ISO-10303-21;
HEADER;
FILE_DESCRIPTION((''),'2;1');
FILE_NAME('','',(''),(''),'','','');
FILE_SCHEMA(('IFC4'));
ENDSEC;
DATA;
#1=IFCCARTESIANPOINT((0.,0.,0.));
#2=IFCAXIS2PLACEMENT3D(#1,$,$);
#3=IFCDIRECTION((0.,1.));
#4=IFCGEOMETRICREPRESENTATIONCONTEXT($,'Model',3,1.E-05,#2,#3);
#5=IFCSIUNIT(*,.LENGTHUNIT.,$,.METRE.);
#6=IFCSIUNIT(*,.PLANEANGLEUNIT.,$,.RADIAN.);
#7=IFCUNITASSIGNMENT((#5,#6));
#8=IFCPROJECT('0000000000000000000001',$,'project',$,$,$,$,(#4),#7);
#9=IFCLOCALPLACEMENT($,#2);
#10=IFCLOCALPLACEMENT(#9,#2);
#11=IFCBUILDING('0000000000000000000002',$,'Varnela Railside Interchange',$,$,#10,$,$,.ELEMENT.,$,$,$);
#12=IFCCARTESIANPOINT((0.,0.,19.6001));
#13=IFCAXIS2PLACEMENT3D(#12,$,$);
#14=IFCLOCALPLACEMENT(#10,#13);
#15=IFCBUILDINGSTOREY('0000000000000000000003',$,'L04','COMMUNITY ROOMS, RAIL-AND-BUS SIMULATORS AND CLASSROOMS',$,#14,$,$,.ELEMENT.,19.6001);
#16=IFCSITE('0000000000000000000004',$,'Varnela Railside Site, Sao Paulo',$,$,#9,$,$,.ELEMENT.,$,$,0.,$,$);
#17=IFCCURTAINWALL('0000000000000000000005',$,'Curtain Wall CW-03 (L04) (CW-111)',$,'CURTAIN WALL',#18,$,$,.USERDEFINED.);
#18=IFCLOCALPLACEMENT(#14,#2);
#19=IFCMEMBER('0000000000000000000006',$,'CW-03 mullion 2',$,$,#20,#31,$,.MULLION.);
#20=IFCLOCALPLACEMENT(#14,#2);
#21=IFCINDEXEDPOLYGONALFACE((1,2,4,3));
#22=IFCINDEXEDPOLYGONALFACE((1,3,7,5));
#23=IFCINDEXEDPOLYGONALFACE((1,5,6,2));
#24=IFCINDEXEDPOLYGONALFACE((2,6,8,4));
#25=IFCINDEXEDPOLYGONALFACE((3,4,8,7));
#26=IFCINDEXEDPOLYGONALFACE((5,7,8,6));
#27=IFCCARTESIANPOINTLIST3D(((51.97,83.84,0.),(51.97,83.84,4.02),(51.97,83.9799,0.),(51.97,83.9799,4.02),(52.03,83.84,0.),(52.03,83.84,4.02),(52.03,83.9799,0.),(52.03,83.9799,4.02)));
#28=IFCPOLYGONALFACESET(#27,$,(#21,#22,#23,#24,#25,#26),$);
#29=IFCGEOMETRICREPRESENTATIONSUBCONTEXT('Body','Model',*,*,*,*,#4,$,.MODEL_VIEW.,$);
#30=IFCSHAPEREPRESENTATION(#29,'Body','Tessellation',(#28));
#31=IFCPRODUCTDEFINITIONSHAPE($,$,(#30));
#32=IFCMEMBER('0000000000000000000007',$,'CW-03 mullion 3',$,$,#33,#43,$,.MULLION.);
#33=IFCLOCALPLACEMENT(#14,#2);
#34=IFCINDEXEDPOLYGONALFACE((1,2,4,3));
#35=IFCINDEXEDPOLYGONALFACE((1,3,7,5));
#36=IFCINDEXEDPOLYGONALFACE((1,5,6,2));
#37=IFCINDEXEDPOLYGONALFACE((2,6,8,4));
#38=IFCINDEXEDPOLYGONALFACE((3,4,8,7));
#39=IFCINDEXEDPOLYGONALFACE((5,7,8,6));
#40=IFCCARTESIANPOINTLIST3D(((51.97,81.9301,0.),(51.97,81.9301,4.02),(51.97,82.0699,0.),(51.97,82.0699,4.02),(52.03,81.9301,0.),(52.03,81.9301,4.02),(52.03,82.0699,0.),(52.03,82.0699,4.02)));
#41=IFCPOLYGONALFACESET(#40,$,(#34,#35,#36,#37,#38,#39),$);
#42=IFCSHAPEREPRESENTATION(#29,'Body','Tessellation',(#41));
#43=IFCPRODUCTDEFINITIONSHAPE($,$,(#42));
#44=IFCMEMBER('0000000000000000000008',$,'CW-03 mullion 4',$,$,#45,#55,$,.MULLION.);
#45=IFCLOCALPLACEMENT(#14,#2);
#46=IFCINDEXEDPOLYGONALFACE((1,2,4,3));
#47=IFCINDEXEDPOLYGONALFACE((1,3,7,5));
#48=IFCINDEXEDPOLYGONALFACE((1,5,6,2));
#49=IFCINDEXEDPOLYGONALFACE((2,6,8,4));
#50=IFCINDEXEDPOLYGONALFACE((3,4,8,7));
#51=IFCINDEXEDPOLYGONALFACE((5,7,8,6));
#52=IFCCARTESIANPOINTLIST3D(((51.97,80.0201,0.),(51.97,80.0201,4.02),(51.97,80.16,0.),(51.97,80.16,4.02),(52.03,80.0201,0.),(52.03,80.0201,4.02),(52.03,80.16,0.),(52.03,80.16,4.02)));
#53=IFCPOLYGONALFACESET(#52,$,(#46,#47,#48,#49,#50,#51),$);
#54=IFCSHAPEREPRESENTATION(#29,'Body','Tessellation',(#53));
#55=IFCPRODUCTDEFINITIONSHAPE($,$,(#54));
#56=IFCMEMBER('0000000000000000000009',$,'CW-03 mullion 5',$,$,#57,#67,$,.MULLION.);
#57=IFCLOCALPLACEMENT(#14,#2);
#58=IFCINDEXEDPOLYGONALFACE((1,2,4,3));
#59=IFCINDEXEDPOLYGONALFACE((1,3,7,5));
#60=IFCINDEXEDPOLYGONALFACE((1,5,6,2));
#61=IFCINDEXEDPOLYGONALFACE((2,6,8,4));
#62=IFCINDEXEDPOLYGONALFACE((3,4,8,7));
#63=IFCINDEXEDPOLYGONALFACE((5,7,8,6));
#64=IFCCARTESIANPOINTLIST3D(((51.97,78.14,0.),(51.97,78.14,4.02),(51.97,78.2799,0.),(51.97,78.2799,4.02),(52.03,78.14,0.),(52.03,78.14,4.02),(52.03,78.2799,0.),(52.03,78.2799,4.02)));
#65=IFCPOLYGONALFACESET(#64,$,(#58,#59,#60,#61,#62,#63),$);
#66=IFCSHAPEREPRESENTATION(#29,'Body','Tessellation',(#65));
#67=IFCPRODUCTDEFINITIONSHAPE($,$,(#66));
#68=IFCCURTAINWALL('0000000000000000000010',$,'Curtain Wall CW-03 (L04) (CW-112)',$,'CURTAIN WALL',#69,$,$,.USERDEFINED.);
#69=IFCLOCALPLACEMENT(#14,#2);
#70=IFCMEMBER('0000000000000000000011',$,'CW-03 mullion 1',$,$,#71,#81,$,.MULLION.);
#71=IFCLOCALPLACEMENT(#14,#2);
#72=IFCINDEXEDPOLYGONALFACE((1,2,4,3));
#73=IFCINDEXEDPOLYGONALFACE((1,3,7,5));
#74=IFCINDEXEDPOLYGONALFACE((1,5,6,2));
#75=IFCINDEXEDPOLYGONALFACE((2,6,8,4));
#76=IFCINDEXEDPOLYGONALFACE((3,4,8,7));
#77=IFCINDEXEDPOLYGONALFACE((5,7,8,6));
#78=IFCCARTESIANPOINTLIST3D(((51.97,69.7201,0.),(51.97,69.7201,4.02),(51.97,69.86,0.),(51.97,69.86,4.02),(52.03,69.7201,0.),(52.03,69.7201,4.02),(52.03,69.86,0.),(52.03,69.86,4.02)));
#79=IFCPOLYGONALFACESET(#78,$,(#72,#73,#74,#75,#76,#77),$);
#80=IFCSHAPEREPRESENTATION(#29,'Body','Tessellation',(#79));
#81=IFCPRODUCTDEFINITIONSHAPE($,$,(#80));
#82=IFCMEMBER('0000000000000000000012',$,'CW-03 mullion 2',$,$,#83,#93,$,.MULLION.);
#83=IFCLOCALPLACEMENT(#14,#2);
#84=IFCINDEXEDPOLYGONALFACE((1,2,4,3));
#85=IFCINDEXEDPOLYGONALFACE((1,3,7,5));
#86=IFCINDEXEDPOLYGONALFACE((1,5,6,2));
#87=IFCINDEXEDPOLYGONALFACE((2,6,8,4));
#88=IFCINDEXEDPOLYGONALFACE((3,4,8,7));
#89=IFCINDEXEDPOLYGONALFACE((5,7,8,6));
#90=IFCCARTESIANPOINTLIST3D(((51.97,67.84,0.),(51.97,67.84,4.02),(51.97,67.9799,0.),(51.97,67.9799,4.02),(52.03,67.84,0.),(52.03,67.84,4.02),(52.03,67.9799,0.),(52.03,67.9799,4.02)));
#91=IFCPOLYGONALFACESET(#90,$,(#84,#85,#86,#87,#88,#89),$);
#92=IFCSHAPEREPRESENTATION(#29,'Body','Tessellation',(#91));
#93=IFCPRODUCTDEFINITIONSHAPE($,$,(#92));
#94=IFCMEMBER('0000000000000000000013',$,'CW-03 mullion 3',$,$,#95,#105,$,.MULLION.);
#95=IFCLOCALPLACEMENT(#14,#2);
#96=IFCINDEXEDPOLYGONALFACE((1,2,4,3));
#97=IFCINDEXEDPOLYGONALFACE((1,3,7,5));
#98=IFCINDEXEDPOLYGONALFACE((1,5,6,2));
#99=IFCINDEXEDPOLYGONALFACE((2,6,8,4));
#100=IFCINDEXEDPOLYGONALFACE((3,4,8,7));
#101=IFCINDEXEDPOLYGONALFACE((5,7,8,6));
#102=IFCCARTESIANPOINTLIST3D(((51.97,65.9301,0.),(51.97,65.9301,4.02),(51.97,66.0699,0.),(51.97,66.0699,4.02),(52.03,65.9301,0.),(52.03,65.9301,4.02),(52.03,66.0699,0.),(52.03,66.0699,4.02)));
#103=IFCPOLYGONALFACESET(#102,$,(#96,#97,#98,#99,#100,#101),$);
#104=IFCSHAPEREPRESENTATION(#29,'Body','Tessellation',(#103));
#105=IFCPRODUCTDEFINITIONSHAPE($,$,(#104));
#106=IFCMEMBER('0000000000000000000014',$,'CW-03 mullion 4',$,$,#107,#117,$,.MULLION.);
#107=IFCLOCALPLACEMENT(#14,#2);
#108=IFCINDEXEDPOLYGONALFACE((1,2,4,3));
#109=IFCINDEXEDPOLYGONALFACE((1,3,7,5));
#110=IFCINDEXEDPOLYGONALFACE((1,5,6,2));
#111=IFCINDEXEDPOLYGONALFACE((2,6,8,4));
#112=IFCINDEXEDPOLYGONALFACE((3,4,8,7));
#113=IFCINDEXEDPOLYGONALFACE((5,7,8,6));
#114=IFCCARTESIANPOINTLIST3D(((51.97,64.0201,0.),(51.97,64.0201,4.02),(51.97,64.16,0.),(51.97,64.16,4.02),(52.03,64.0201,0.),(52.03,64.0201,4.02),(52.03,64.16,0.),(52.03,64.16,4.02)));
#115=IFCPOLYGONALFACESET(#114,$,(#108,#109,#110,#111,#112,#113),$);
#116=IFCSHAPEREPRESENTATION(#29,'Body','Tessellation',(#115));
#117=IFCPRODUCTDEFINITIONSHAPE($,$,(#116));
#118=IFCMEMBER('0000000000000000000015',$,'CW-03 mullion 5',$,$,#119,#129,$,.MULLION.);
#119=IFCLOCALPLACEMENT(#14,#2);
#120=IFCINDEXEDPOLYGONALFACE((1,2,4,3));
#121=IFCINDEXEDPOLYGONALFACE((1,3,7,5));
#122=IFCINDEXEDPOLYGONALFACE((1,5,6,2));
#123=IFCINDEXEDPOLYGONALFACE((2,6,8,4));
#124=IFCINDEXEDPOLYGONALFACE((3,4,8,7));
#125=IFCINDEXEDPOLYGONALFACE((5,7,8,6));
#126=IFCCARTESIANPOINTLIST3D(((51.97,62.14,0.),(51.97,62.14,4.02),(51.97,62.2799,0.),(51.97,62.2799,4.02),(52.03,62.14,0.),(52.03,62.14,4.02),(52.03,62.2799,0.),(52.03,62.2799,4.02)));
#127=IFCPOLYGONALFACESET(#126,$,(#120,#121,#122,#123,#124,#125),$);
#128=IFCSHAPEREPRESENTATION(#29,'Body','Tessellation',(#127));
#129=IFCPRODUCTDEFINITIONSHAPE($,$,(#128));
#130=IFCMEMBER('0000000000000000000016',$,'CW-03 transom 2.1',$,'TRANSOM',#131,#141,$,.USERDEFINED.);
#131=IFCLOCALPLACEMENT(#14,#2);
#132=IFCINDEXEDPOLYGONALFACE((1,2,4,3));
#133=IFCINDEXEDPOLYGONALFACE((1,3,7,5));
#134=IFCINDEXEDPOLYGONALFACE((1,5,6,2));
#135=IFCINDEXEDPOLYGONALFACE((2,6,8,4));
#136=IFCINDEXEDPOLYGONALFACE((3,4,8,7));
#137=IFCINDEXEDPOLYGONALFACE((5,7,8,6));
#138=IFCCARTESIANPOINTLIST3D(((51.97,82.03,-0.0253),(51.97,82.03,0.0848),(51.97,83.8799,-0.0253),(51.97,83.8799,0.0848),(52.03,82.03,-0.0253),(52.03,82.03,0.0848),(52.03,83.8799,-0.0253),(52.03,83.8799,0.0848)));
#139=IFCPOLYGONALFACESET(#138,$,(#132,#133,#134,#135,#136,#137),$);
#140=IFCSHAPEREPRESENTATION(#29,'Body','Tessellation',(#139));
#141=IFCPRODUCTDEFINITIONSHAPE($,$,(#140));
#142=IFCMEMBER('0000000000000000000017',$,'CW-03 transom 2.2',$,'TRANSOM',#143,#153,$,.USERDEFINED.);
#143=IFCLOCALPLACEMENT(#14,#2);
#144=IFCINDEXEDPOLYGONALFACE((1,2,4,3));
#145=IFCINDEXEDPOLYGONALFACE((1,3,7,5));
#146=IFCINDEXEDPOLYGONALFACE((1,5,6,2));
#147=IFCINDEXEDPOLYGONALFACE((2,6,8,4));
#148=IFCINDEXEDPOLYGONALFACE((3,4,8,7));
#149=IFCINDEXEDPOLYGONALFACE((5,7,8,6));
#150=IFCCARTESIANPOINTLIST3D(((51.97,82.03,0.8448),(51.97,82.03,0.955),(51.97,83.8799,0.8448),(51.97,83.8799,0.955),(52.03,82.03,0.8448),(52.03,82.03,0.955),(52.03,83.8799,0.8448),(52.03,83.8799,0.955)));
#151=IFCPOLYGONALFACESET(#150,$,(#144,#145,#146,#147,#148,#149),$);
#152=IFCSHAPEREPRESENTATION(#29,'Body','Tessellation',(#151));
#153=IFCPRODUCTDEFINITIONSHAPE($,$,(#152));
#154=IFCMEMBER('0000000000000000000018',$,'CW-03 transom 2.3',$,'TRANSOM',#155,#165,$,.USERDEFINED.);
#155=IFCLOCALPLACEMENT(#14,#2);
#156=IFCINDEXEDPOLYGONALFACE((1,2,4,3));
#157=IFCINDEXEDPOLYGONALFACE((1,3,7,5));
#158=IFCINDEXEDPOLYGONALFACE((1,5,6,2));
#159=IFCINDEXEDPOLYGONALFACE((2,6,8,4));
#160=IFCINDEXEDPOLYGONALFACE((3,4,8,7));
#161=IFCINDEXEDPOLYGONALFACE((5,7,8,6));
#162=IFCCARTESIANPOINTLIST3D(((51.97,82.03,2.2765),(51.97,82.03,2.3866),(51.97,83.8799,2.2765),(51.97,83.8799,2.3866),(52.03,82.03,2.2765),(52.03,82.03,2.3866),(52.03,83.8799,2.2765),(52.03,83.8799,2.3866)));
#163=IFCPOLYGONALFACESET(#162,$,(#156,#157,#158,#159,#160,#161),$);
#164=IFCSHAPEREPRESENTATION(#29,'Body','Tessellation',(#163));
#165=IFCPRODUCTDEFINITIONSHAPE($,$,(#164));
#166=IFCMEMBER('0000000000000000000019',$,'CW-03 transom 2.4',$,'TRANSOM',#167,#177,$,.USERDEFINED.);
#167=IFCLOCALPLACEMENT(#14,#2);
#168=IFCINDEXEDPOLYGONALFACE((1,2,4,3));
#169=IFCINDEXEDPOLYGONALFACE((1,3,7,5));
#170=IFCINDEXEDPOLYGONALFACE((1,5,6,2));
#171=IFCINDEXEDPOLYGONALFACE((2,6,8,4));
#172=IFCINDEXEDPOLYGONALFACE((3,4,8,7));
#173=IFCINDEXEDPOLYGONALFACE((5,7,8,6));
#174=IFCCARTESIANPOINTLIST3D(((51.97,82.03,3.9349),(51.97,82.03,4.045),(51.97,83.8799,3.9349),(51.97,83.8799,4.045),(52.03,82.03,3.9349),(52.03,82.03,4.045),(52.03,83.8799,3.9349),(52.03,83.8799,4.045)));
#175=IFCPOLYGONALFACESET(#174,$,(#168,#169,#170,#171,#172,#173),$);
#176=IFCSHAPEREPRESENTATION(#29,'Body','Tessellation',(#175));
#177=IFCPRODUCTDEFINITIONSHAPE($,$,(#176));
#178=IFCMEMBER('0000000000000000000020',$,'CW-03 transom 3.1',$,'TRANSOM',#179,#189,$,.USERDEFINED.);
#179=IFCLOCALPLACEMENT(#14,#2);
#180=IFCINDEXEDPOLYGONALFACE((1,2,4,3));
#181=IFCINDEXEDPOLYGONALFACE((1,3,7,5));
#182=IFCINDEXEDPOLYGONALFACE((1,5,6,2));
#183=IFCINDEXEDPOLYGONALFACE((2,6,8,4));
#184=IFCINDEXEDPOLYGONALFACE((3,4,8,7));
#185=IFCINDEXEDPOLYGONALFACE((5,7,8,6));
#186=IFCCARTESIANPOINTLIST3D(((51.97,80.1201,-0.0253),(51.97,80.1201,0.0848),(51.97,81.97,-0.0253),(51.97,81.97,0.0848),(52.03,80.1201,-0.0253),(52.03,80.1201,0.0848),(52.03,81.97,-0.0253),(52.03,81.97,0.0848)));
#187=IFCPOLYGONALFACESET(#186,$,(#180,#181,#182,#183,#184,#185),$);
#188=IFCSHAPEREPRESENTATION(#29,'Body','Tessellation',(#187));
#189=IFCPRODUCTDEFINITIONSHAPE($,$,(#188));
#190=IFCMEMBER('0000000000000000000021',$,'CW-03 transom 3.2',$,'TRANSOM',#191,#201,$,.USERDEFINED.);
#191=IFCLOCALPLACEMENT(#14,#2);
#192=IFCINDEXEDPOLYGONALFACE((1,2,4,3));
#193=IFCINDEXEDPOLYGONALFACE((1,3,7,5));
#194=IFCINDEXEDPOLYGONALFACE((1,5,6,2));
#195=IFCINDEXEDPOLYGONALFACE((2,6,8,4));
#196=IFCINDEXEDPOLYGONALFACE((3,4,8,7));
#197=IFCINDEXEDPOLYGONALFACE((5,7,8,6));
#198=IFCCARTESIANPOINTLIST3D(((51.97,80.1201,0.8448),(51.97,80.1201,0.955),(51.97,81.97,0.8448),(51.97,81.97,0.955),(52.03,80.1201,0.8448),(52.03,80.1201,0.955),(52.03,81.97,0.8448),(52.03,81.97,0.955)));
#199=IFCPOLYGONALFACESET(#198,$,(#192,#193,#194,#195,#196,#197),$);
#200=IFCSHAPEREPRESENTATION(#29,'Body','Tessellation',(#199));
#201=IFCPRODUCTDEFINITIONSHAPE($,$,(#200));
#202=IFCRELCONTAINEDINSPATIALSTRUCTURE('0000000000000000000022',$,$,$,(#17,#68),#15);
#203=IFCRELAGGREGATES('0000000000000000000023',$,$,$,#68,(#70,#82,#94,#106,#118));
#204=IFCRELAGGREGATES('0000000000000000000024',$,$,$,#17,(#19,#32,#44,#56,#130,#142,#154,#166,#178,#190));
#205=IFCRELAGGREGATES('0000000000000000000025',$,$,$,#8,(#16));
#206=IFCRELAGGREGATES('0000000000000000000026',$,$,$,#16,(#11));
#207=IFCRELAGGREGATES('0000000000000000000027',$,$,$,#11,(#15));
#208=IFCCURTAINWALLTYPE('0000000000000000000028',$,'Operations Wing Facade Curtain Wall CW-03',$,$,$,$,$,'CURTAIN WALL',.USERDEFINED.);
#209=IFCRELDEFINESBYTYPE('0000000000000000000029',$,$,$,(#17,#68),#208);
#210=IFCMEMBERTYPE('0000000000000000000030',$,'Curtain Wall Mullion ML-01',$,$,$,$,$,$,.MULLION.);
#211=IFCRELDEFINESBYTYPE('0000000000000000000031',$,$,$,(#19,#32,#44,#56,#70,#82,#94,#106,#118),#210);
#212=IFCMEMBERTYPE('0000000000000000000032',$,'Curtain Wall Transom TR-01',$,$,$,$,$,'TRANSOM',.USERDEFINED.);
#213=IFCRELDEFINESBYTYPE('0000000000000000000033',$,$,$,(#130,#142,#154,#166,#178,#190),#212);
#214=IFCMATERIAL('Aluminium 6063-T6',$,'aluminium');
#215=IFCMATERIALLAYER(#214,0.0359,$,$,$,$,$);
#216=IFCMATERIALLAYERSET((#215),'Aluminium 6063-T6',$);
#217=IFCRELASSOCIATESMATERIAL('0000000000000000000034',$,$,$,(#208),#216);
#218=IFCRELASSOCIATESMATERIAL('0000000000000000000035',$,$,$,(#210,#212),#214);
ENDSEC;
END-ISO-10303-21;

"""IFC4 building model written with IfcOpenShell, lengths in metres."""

from ifc_helpers import new_model, si_unit, direction, frame, origin, origin_2d, place, context, subcontext, project, spatial, rectangle, extrude, material, layer, layer_set, material_profile, profile_set, type_object, element, aggregate, save


model = new_model("IFC4")

# Units and contexts
model_context = context("Model", 3, precision=1e-05, world=origin(), true_north=direction((0.0, 1.0)))
body_context = subcontext(model_context, "Body", "Model", "MODEL_VIEW")
ifc_project = project(units=[si_unit("LENGTHUNIT", "METRE"), si_unit("PLANEANGLEUNIT", "RADIAN")], contexts=[model_context])

# Site, building, storey
site_placement = place(None, origin())
site = spatial("IfcSite", under=ifc_project, at=site_placement, Name="Varnela Railside Site, Sao Paulo", CompositionType="ELEMENT", RefElevation=0.0)
building_placement = place(site_placement, origin())
building = spatial("IfcBuilding", under=site, at=building_placement, Name="Varnela Railside Interchange", CompositionType="ELEMENT")
storey_placement = place(building_placement, frame((0.0, 0.0, 19.6001)))
storey = spatial("IfcBuildingStorey", under=building, at=storey_placement, Name="L04", Description="COMMUNITY ROOMS, RAIL-AND-BUS SIMULATORS AND CLASSROOMS", CompositionType="ELEMENT", Elevation=19.6001)

# Curtain walls, members
ifc_material_1 = material(Name="Aluminium 6063-T6", Category="aluminium")
ifc_layer_1 = layer(ifc_material_1, 0.0359)
ifc_layer_set_1 = layer_set([ifc_layer_1], Name="Aluminium 6063-T6")
curtain_wall_type = type_object("IfcCurtainWallType", Name="Operations Wing Facade Curtain Wall CW-03", ElementType="CURTAIN WALL", PredefinedType="USERDEFINED", material=ifc_layer_set_1)
curtain_wall_1_placement = place(storey_placement, origin())
curtain_wall_1 = element("IfcCurtainWall", 1, at=curtain_wall_1_placement, inside=storey, type_object=curtain_wall_type, Name="Curtain Wall CW-03 (L04) (CW-111)", ObjectType="CURTAIN WALL", PredefinedType="USERDEFINED")
ifc_material_profile_1 = material_profile(ifc_material_1, rectangle(XDim=0.0601, YDim=0.1399, at=origin_2d()), Name="ALU 60x140")
ifc_profile_set_1 = profile_set([ifc_material_profile_1], Name="Aluminium 6063-T6")
member_type_1 = type_object("IfcMemberType", Name="Curtain Wall Mullion ML-01", PredefinedType="MULLION", material=ifc_profile_set_1)
member_1_placement = place(storey_placement, frame((52.0, 83.9099, 0.0), z_axis=(0.0, 0.0, 1.0), x_axis=(1.0, 0.0, 0.0)))
member_1 = element("IfcMember", 2, at=member_1_placement, type_object=member_type_1, Name="CW-03 mullion 2", PredefinedType="MULLION", context=body_context, shape_type="SweptSolid", body=[
    extrude(rectangle(XDim=0.0601, YDim=0.1399, at=origin_2d()), origin(), (0.0, 0.0, 1.0), 4.02),
])
member_2_placement = place(storey_placement, frame((52.0, 82.0, 0.0), z_axis=(0.0, 0.0, 1.0), x_axis=(1.0, 0.0, 0.0)))
member_2 = element("IfcMember", 3, at=member_2_placement, type_object=member_type_1, Name="CW-03 mullion 3", PredefinedType="MULLION", context=body_context, shape_type="SweptSolid", body=[
    extrude(rectangle(XDim=0.0601, YDim=0.1399, at=origin_2d()), origin(), (0.0, 0.0, 1.0), 4.02),
])
member_3_placement = place(storey_placement, frame((52.0, 80.0901, 0.0), z_axis=(0.0, 0.0, 1.0), x_axis=(1.0, 0.0, 0.0)))
member_3 = element("IfcMember", 4, at=member_3_placement, type_object=member_type_1, Name="CW-03 mullion 4", PredefinedType="MULLION", context=body_context, shape_type="SweptSolid", body=[
    extrude(rectangle(XDim=0.0601, YDim=0.1399, at=origin_2d()), origin(), (0.0, 0.0, 1.0), 4.02),
])
member_4_placement = place(storey_placement, frame((52.0, 78.21, 0.0), z_axis=(0.0, 0.0, 1.0), x_axis=(1.0, 0.0, 0.0)))
member_4 = element("IfcMember", 5, at=member_4_placement, type_object=member_type_1, Name="CW-03 mullion 5", PredefinedType="MULLION", context=body_context, shape_type="SweptSolid", body=[
    extrude(rectangle(XDim=0.0601, YDim=0.1399, at=origin_2d()), origin(), (0.0, 0.0, 1.0), 4.02),
])
curtain_wall_2_placement = place(storey_placement, origin())
curtain_wall_2 = element("IfcCurtainWall", 6, at=curtain_wall_2_placement, inside=storey, type_object=curtain_wall_type, Name="Curtain Wall CW-03 (L04) (CW-112)", ObjectType="CURTAIN WALL", PredefinedType="USERDEFINED")
member_5_placement = place(storey_placement, frame((52.0, 69.79, 0.0), z_axis=(0.0, 0.0, 1.0), x_axis=(1.0, 0.0, 0.0)))
member_5 = element("IfcMember", 7, at=member_5_placement, type_object=member_type_1, Name="CW-03 mullion 1", PredefinedType="MULLION", context=body_context, shape_type="SweptSolid", body=[
    extrude(rectangle(XDim=0.0601, YDim=0.1399, at=origin_2d()), origin(), (0.0, 0.0, 1.0), 4.02),
])
member_6_placement = place(storey_placement, frame((52.0, 67.9099, 0.0), z_axis=(0.0, 0.0, 1.0), x_axis=(1.0, 0.0, 0.0)))
member_6 = element("IfcMember", 8, at=member_6_placement, type_object=member_type_1, Name="CW-03 mullion 2", PredefinedType="MULLION", context=body_context, shape_type="SweptSolid", body=[
    extrude(rectangle(XDim=0.0601, YDim=0.1399, at=origin_2d()), origin(), (0.0, 0.0, 1.0), 4.02),
])
member_7_placement = place(storey_placement, frame((52.0, 66.0, 0.0), z_axis=(0.0, 0.0, 1.0), x_axis=(1.0, 0.0, 0.0)))
member_7 = element("IfcMember", 9, at=member_7_placement, type_object=member_type_1, Name="CW-03 mullion 3", PredefinedType="MULLION", context=body_context, shape_type="SweptSolid", body=[
    extrude(rectangle(XDim=0.0601, YDim=0.1399, at=origin_2d()), origin(), (0.0, 0.0, 1.0), 4.02),
])
member_8_placement = place(storey_placement, frame((52.0, 64.0901, 0.0), z_axis=(0.0, 0.0, 1.0), x_axis=(1.0, 0.0, 0.0)))
member_8 = element("IfcMember", 10, at=member_8_placement, type_object=member_type_1, Name="CW-03 mullion 4", PredefinedType="MULLION", context=body_context, shape_type="SweptSolid", body=[
    extrude(rectangle(XDim=0.0601, YDim=0.1399, at=origin_2d()), origin(), (0.0, 0.0, 1.0), 4.02),
])
member_9_placement = place(storey_placement, frame((52.0, 62.21, 0.0), z_axis=(0.0, 0.0, 1.0), x_axis=(1.0, 0.0, 0.0)))
member_9 = element("IfcMember", 11, at=member_9_placement, type_object=member_type_1, Name="CW-03 mullion 5", PredefinedType="MULLION", context=body_context, shape_type="SweptSolid", body=[
    extrude(rectangle(XDim=0.0601, YDim=0.1399, at=origin_2d()), origin(), (0.0, 0.0, 1.0), 4.02),
])
aggregate(curtain_wall_2, [member_5, member_6, member_7, member_8, member_9])

# Members
ifc_material_profile_2 = material_profile(ifc_material_1, rectangle(XDim=0.0601, YDim=0.1101, at=origin_2d()), Name="ALU 60x110")
ifc_profile_set_2 = profile_set([ifc_material_profile_2], Name="Aluminium 6063-T6")
member_type_2 = type_object("IfcMemberType", Name="Curtain Wall Transom TR-01", ElementType="TRANSOM", PredefinedType="USERDEFINED", material=ifc_profile_set_2)
member_10_placement = place(storey_placement, frame((52.0, 83.8799, 0.0298), z_axis=(0.0, -1.0, 0.0), x_axis=(1.0, 0.0, 0.0)))
member_10 = element("IfcMember", 12, at=member_10_placement, type_object=member_type_2, Name="CW-03 transom 2.1", ObjectType="TRANSOM", PredefinedType="USERDEFINED", context=body_context, shape_type="SweptSolid", body=[
    extrude(rectangle(XDim=0.0601, YDim=0.1101, at=origin_2d()), origin(), (0.0, 0.0, 1.0), 1.8499),
])
member_11_placement = place(storey_placement, frame((52.0, 83.8799, 0.8999), z_axis=(0.0, -1.0, 0.0), x_axis=(1.0, 0.0, 0.0)))
member_11 = element("IfcMember", 13, at=member_11_placement, type_object=member_type_2, Name="CW-03 transom 2.2", ObjectType="TRANSOM", PredefinedType="USERDEFINED", context=body_context, shape_type="SweptSolid", body=[
    extrude(rectangle(XDim=0.0601, YDim=0.1101, at=origin_2d()), origin(), (0.0, 0.0, 1.0), 1.8499),
])
member_12_placement = place(storey_placement, frame((52.0, 83.8799, 2.3315), z_axis=(0.0, -1.0, 0.0), x_axis=(1.0, 0.0, 0.0)))
member_12 = element("IfcMember", 14, at=member_12_placement, type_object=member_type_2, Name="CW-03 transom 2.3", ObjectType="TRANSOM", PredefinedType="USERDEFINED", context=body_context, shape_type="SweptSolid", body=[
    extrude(rectangle(XDim=0.0601, YDim=0.1101, at=origin_2d()), origin(), (0.0, 0.0, 1.0), 1.8499),
])
member_13_placement = place(storey_placement, frame((52.0, 83.8799, 3.99), z_axis=(0.0, -1.0, 0.0), x_axis=(1.0, 0.0, 0.0)))
member_13 = element("IfcMember", 15, at=member_13_placement, type_object=member_type_2, Name="CW-03 transom 2.4", ObjectType="TRANSOM", PredefinedType="USERDEFINED", context=body_context, shape_type="SweptSolid", body=[
    extrude(rectangle(XDim=0.0601, YDim=0.1101, at=origin_2d()), origin(), (0.0, 0.0, 1.0), 1.8499),
])
member_14_placement = place(storey_placement, frame((52.0, 81.97, 0.0298), z_axis=(0.0, -1.0, 0.0), x_axis=(1.0, 0.0, 0.0)))
member_14 = element("IfcMember", 16, at=member_14_placement, type_object=member_type_2, Name="CW-03 transom 3.1", ObjectType="TRANSOM", PredefinedType="USERDEFINED", context=body_context, shape_type="SweptSolid", body=[
    extrude(rectangle(XDim=0.0601, YDim=0.1101, at=origin_2d()), origin(), (0.0, 0.0, 1.0), 1.8499),
])
member_15_placement = place(storey_placement, frame((52.0, 81.97, 0.8999), z_axis=(0.0, -1.0, 0.0), x_axis=(1.0, 0.0, 0.0)))
member_15 = element("IfcMember", 17, at=member_15_placement, type_object=member_type_2, Name="CW-03 transom 3.2", ObjectType="TRANSOM", PredefinedType="USERDEFINED", context=body_context, shape_type="SweptSolid", body=[
    extrude(rectangle(XDim=0.0601, YDim=0.1101, at=origin_2d()), origin(), (0.0, 0.0, 1.0), 1.8499),
])

aggregate(curtain_wall_1, [member_1, member_2, member_3, member_4, member_10, member_11, member_12, member_13, member_14, member_15])

save(model, "model.ifc")
